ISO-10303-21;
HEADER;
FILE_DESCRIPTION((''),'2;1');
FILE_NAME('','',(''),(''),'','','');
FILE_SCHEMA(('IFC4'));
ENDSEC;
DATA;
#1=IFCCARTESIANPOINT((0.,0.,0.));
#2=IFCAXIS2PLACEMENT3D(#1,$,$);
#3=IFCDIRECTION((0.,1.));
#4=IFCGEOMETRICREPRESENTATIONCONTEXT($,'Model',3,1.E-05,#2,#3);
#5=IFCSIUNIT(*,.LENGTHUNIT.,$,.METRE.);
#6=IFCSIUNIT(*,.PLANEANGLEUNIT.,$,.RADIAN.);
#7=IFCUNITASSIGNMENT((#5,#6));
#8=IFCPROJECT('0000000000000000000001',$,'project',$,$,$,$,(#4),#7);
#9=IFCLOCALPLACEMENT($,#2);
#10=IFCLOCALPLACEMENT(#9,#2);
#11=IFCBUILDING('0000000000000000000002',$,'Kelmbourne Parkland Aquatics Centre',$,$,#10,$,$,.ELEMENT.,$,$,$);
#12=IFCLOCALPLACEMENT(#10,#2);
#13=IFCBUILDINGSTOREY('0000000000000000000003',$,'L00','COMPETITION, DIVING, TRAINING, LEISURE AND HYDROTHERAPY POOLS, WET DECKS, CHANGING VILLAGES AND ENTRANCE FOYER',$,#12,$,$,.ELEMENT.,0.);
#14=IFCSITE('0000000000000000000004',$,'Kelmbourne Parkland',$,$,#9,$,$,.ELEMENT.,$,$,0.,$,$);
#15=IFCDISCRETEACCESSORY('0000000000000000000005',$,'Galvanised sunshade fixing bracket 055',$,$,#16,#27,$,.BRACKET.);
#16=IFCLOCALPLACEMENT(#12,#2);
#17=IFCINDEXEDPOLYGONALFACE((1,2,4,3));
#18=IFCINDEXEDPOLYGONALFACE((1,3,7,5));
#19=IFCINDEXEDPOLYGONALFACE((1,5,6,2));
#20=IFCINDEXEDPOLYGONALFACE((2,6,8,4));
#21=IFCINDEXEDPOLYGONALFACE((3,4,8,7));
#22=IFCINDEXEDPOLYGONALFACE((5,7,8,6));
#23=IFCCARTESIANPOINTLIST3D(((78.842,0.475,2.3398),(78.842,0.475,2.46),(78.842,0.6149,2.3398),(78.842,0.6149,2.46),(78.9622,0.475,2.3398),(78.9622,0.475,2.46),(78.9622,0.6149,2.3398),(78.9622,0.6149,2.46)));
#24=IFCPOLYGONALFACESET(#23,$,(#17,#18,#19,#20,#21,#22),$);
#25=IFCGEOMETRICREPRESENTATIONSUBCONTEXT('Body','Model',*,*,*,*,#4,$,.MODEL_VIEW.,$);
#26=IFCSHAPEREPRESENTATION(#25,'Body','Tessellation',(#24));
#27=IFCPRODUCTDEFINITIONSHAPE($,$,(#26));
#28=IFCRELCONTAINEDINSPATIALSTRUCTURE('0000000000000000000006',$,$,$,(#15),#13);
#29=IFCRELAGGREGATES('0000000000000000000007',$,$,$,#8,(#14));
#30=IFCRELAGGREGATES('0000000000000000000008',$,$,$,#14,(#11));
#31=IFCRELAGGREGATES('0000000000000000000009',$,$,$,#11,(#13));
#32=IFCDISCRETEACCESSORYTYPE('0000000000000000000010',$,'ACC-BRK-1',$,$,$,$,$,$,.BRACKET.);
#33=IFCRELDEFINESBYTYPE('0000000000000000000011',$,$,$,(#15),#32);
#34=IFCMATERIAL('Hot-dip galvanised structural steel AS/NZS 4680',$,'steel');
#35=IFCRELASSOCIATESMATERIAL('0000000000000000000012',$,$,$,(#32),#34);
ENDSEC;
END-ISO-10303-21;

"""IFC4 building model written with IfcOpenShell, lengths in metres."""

from ifc_helpers import new_model, si_unit, direction, frame, origin, origin_2d, place, context, subcontext, project, spatial, rectangle, extrude, material, type_object, element, save


model = new_model("IFC4")

# Units and contexts
model_context = context("Model", 3, precision=1e-05, world=origin(), true_north=direction((0.0, 1.0)))
body_context = subcontext(model_context, "Body", "Model", "MODEL_VIEW")
ifc_project = project(units=[si_unit("LENGTHUNIT", "METRE"), si_unit("PLANEANGLEUNIT", "RADIAN")], contexts=[model_context])

# Site, building, storey
site_placement = place(None, origin())
site = spatial("IfcSite", under=ifc_project, at=site_placement, Name="Kelmbourne Parkland", CompositionType="ELEMENT", RefElevation=0.0)
building_placement = place(site_placement, origin())
building = spatial("IfcBuilding", under=site, at=building_placement, Name="Kelmbourne Parkland Aquatics Centre", CompositionType="ELEMENT")
storey_placement = place(building_placement, origin())
storey = spatial("IfcBuildingStorey", under=building, at=storey_placement, Name="L00", Description="COMPETITION, DIVING, TRAINING, LEISURE AND HYDROTHERAPY POOLS, WET DECKS, CHANGING VILLAGES AND ENTRANCE FOYER", CompositionType="ELEMENT", Elevation=0.0)

# Discrete accessory
ifc_material_1 = material(Name="Hot-dip galvanised structural steel AS/NZS 4680", Category="steel")
discrete_accessory_type = type_object("IfcDiscreteAccessoryType", Name="ACC-BRK-1", PredefinedType="BRACKET", material=ifc_material_1)
discrete_accessory_placement = place(storey_placement, frame((78.9021, 0.5449, 2.3398), z_axis=(0.0, 0.0, 1.0), x_axis=(1.0, 0.0, 0.0)))
element("IfcDiscreteAccessory", 1, at=discrete_accessory_placement, inside=storey, type_object=discrete_accessory_type, Name="Galvanised sunshade fixing bracket 055", PredefinedType="BRACKET", context=body_context, shape_type="SweptSolid", body=[
    extrude(rectangle(XDim=0.1201, YDim=0.1399, at=origin_2d()), origin(), (0.0, 0.0, 1.0), 0.1201),
])

save(model, "model.ifc")
